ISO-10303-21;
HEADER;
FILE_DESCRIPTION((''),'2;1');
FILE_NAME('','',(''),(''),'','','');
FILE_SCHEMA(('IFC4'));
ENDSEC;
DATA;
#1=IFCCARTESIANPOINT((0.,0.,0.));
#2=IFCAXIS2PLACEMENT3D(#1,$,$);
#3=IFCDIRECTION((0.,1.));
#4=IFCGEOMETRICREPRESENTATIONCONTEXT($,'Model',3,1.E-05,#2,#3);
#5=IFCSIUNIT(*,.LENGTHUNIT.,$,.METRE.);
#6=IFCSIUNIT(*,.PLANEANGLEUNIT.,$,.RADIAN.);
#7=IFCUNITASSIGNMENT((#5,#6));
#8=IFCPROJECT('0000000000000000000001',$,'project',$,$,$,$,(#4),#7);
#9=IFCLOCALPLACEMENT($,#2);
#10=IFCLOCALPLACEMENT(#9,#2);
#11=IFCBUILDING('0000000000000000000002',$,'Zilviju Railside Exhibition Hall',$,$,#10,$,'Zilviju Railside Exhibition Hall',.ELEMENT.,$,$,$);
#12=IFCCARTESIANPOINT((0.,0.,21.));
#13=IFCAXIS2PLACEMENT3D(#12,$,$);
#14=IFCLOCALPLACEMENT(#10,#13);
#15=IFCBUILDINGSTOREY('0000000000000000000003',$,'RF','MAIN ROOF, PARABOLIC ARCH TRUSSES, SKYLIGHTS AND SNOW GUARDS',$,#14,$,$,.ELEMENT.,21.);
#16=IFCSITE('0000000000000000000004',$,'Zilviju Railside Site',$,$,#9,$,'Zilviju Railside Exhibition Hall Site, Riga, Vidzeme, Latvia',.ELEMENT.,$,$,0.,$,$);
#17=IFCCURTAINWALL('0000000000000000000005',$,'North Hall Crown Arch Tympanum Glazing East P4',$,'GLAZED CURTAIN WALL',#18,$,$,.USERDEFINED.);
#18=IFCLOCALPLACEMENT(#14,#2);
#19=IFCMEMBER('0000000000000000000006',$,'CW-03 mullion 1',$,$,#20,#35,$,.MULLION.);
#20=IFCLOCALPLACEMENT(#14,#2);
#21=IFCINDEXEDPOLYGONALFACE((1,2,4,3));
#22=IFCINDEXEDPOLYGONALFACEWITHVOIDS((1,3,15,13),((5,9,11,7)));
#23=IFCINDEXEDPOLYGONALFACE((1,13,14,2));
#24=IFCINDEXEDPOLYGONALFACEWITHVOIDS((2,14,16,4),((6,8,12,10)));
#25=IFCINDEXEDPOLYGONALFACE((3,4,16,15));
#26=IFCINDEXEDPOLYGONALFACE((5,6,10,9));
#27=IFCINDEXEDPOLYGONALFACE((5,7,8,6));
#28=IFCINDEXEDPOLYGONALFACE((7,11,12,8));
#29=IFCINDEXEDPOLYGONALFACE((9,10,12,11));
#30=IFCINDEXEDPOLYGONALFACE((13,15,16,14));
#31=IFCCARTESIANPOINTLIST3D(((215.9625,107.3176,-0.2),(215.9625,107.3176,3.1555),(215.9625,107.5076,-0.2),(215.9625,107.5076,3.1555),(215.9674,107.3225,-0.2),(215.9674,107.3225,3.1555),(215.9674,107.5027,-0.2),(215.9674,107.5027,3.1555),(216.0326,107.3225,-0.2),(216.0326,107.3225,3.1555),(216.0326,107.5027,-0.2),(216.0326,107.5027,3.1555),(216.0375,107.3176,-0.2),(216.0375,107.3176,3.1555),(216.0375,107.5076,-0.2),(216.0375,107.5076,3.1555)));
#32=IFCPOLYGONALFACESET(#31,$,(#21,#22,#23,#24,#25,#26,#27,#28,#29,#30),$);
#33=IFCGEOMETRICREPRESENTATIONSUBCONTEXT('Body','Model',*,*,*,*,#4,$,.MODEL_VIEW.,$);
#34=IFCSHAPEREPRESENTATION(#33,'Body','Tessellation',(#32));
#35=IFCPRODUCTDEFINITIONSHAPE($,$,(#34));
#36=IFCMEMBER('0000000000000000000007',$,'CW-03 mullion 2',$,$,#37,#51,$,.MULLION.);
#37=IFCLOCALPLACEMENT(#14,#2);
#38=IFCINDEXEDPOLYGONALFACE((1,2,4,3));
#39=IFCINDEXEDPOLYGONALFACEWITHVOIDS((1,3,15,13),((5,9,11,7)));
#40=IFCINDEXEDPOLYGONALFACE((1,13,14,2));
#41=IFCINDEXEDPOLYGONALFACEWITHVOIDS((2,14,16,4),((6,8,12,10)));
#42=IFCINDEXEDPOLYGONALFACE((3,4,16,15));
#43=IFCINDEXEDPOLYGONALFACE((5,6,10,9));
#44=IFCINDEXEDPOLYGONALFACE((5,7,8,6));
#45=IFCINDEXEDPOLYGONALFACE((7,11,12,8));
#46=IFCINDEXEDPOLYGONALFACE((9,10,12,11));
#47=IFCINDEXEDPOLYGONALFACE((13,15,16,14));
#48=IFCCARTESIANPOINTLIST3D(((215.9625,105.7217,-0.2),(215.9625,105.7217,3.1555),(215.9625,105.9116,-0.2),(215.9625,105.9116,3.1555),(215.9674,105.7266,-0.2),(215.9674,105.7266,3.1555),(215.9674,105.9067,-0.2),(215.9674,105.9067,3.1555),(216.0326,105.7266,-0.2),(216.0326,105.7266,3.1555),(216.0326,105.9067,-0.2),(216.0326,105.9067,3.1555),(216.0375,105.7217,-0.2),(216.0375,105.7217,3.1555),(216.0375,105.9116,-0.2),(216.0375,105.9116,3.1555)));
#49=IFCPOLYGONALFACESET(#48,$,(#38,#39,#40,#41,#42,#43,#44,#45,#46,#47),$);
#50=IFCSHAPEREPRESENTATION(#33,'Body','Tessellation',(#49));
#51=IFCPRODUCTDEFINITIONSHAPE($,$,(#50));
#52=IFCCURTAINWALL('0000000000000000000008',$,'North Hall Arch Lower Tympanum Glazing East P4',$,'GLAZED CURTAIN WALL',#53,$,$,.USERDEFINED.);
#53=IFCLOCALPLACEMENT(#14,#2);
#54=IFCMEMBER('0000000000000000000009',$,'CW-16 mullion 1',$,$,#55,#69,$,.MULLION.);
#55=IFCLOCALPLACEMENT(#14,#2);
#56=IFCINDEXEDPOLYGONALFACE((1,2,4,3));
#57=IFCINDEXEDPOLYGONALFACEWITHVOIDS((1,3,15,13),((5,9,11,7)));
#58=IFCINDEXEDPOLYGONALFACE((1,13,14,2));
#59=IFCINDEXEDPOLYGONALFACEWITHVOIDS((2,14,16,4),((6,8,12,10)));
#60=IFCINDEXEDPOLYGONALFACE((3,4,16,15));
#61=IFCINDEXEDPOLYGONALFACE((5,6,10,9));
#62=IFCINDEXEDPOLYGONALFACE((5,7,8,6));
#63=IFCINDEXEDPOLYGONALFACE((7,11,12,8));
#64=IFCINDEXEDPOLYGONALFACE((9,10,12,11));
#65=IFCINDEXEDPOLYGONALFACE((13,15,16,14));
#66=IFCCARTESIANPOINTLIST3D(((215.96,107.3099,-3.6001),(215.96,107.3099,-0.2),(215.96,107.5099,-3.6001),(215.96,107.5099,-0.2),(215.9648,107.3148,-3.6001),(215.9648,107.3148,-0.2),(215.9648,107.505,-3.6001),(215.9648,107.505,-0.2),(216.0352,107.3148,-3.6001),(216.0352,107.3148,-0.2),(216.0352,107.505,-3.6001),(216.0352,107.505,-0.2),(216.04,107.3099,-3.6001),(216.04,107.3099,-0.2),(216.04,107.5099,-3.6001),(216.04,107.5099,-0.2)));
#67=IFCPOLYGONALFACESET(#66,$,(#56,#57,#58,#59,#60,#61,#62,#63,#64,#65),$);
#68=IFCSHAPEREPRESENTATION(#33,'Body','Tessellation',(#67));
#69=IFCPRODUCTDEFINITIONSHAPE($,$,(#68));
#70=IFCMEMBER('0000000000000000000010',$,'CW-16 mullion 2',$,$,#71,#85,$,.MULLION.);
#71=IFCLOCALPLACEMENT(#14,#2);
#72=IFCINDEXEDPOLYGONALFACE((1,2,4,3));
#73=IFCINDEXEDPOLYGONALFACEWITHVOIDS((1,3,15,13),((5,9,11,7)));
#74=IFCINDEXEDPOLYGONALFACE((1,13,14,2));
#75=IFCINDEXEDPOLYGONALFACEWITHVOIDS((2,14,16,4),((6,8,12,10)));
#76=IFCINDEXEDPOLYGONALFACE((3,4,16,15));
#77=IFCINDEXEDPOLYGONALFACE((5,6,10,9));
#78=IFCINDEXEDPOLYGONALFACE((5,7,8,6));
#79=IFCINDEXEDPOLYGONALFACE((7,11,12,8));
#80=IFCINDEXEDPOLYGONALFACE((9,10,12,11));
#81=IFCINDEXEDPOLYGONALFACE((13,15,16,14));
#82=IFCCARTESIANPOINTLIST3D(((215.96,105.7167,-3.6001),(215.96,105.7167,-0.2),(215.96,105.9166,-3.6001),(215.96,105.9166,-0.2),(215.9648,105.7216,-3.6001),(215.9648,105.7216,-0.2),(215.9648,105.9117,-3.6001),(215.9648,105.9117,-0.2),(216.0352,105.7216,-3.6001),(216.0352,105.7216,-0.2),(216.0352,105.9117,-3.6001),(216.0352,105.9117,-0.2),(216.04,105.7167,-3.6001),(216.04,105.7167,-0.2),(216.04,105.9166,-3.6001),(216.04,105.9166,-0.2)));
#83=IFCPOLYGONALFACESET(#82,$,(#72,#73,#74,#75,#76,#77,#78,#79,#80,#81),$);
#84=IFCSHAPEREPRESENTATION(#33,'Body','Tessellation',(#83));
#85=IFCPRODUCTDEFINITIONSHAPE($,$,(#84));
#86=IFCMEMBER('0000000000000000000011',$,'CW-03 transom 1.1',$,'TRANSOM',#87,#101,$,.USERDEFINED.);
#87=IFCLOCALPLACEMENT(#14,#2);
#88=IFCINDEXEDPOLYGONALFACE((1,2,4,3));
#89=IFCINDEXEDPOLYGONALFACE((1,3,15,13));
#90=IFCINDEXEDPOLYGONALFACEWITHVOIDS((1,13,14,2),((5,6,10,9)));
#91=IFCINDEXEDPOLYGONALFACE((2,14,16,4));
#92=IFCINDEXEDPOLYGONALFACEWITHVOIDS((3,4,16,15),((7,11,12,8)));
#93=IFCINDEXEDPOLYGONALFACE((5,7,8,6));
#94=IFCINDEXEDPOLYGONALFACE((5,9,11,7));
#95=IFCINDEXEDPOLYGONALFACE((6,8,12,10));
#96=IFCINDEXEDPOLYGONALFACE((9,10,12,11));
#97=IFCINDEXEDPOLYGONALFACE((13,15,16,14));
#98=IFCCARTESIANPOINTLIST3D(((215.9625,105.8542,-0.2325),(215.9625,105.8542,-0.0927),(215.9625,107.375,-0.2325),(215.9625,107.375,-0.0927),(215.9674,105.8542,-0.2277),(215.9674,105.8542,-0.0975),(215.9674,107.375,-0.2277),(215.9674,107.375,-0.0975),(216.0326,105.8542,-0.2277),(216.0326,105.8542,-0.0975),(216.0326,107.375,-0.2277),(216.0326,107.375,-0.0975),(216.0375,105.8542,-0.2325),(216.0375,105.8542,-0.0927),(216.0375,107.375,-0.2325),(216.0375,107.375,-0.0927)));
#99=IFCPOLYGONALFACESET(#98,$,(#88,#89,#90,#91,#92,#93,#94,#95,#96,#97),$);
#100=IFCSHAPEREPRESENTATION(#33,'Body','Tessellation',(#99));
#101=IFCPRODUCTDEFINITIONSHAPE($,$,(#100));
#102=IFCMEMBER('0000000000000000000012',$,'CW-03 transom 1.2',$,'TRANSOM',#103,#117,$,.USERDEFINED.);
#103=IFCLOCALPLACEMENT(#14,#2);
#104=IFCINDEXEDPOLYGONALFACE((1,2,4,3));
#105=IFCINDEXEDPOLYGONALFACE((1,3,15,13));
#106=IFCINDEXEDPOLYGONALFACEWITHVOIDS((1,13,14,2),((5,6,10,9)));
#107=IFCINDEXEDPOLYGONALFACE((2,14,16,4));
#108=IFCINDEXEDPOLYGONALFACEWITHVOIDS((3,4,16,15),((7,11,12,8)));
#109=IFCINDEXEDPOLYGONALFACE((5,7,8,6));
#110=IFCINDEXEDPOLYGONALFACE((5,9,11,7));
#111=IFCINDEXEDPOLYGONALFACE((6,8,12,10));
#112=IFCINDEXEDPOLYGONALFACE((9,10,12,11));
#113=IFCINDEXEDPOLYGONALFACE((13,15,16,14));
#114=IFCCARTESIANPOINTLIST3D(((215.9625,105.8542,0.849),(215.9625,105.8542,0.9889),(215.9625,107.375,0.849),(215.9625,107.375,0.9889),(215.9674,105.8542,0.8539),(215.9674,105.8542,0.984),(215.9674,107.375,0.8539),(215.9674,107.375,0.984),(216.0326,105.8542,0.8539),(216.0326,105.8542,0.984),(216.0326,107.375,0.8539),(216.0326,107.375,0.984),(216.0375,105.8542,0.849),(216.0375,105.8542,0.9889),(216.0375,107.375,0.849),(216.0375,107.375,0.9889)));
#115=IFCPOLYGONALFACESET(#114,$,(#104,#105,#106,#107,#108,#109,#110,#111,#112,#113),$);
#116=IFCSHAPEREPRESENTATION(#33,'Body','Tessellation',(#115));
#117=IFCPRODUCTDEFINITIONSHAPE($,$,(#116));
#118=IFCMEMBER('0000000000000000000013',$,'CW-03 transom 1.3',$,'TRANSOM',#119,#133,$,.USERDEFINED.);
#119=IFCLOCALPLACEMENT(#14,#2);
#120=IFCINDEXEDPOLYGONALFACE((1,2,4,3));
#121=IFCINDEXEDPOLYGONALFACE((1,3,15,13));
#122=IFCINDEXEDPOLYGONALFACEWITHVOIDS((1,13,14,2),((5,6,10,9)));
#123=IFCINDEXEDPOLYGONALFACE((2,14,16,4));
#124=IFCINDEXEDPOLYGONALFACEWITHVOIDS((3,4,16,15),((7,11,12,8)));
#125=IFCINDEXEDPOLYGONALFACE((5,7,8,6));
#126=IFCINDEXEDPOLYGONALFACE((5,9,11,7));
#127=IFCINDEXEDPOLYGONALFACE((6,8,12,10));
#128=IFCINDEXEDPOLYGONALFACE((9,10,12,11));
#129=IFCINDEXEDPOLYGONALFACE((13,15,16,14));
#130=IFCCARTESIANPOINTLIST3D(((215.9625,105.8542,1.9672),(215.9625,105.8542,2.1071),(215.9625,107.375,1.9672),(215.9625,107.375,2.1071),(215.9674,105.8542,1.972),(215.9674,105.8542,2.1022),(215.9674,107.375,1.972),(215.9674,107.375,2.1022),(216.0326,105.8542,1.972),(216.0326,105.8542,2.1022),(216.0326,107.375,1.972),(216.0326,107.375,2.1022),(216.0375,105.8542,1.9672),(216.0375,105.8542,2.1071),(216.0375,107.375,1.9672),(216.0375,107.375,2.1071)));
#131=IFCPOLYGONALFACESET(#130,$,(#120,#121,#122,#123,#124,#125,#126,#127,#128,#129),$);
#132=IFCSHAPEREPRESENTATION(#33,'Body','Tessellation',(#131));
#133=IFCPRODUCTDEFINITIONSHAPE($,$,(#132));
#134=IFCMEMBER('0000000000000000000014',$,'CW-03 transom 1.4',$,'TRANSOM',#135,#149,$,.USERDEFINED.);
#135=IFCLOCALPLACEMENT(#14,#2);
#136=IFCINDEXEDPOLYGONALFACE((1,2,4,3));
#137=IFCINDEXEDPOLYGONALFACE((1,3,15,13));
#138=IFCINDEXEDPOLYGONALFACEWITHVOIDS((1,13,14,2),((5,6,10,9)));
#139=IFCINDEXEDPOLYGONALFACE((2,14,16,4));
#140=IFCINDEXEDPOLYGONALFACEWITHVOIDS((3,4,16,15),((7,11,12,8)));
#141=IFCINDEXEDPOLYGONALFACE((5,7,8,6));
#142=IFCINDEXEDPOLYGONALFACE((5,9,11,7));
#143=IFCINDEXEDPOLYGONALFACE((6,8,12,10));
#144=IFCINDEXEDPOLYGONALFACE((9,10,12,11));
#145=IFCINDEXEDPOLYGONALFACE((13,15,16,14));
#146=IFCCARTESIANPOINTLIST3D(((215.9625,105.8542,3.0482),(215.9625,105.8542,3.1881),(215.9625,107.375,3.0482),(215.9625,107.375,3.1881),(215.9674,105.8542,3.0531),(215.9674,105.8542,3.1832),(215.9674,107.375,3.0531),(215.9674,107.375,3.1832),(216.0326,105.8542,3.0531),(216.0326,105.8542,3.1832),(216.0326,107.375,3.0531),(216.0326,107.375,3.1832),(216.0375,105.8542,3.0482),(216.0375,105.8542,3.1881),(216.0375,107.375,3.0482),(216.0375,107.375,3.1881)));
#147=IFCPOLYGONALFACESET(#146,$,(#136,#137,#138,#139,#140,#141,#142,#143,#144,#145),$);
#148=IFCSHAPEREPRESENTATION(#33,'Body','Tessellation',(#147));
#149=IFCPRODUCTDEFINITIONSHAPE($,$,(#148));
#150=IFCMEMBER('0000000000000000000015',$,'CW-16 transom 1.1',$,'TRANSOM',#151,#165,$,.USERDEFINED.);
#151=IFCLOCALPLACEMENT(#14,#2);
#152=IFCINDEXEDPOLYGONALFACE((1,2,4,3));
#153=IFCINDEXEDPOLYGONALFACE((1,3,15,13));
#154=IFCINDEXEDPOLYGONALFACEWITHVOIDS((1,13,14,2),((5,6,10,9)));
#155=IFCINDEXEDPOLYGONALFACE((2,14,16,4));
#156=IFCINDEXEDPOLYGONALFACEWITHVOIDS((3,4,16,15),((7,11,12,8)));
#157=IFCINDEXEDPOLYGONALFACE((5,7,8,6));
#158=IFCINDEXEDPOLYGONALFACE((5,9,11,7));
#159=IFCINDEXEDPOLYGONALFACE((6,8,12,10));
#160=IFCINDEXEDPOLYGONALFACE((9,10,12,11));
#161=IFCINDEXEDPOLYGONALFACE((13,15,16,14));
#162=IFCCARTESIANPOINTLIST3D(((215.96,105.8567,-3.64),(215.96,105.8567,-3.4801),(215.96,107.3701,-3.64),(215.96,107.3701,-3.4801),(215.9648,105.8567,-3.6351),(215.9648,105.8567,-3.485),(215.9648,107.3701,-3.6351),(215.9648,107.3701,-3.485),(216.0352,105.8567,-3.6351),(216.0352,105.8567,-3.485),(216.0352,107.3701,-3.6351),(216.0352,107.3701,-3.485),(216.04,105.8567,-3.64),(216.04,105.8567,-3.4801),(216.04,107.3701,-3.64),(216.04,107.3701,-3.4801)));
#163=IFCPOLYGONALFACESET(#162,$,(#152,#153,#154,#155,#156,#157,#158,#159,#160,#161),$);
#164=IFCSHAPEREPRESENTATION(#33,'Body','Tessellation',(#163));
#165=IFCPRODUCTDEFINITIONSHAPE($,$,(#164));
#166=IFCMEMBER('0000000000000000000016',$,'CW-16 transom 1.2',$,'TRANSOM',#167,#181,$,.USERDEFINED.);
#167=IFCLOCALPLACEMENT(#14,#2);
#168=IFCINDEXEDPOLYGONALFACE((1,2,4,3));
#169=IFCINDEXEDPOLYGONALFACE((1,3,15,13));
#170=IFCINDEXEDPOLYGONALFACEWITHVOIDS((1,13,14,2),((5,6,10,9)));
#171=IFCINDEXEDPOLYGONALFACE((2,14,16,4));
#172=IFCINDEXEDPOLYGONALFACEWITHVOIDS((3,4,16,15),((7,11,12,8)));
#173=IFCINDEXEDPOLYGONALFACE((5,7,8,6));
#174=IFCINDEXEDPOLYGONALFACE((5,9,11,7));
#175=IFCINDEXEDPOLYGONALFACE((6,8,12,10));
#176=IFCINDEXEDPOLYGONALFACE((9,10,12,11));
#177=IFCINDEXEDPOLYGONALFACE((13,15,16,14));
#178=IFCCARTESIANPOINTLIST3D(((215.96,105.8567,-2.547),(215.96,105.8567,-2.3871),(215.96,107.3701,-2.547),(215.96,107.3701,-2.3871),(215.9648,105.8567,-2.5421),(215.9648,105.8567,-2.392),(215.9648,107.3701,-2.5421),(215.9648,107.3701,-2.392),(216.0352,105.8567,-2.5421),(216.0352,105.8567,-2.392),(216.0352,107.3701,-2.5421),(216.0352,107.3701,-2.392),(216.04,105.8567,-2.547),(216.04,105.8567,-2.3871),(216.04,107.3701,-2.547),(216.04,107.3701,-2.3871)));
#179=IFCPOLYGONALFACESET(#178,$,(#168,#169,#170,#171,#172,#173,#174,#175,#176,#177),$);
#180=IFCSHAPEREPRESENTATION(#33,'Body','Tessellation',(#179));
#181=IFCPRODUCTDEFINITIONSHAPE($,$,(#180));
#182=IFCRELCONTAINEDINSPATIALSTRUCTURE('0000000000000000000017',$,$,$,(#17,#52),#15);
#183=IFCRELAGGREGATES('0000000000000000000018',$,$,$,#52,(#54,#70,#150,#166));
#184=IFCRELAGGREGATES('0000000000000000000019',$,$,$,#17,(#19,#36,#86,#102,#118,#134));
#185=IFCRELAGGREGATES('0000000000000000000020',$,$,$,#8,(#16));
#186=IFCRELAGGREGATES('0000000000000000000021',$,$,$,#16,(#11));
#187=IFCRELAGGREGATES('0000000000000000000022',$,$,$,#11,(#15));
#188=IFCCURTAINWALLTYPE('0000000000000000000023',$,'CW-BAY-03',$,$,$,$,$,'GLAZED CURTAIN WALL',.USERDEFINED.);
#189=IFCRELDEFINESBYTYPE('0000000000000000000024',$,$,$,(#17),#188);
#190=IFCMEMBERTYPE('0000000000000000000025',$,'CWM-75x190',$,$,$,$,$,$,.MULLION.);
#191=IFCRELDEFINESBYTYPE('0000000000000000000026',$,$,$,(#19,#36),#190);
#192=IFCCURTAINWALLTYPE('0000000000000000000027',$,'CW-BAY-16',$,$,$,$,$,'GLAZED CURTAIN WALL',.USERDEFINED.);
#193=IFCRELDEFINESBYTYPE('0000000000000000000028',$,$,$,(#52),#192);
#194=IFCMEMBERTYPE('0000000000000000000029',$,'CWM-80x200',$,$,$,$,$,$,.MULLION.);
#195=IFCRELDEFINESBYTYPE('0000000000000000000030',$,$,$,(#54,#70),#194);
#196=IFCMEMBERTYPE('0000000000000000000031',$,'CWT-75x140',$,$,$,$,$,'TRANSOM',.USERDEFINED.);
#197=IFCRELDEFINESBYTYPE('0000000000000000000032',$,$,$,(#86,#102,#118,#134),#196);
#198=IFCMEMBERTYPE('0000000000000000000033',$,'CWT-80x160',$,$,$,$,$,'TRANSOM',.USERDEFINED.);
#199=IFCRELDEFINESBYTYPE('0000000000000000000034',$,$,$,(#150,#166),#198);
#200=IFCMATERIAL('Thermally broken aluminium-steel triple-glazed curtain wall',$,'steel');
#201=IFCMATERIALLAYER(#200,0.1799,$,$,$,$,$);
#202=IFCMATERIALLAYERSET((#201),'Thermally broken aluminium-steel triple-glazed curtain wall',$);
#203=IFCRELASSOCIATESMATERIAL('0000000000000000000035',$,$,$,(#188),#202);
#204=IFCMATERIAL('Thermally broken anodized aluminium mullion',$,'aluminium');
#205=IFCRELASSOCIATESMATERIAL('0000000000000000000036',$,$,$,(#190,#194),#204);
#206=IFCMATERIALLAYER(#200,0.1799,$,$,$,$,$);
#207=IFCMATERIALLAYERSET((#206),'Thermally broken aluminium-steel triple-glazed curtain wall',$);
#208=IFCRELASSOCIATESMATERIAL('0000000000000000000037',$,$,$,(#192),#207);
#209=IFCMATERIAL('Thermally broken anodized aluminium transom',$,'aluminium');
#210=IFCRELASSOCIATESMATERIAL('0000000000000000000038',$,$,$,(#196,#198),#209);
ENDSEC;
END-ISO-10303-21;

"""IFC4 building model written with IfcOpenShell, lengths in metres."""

from ifc_helpers import new_model, si_unit, direction, frame, origin, origin_2d, place, context, subcontext, project, spatial, hollow_rectangle, extrude, material, layer, layer_set, material_profile, profile_set, type_object, element, aggregate, save


model = new_model("IFC4")

# Units and contexts
model_context = context("Model", 3, precision=1e-05, world=origin(), true_north=direction((0.0, 1.0)))
body_context = subcontext(model_context, "Body", "Model", "MODEL_VIEW")
ifc_project = project(units=[si_unit("LENGTHUNIT", "METRE"), si_unit("PLANEANGLEUNIT", "RADIAN")], contexts=[model_context])

# Site, building, storey
site_placement = place(None, origin())
site = spatial("IfcSite", under=ifc_project, at=site_placement, Name="Zilviju Railside Site", LongName="Zilviju Railside Exhibition Hall Site, Riga, Vidzeme, Latvia", CompositionType="ELEMENT", RefElevation=0.0)
building_placement = place(site_placement, origin())
building = spatial("IfcBuilding", under=site, at=building_placement, Name="Zilviju Railside Exhibition Hall", LongName="Zilviju Railside Exhibition Hall", CompositionType="ELEMENT")
storey_placement = place(building_placement, frame((0.0, 0.0, 21.0)))
storey = spatial("IfcBuildingStorey", under=building, at=storey_placement, Name="RF", Description="MAIN ROOF, PARABOLIC ARCH TRUSSES, SKYLIGHTS AND SNOW GUARDS", CompositionType="ELEMENT", Elevation=21.0)

# Curtain walls, members
ifc_material_1 = material(Name="Thermally broken aluminium-steel triple-glazed curtain wall", Category="steel")
ifc_layer_1 = layer(ifc_material_1, 0.1799)
ifc_layer_set_1 = layer_set([ifc_layer_1], Name="Thermally broken aluminium-steel triple-glazed curtain wall")
curtain_wall_type_1 = type_object("IfcCurtainWallType", Name="CW-BAY-03", ElementType="GLAZED CURTAIN WALL", PredefinedType="USERDEFINED", material=ifc_layer_set_1)
curtain_wall_1_placement = place(storey_placement, origin())
curtain_wall_1 = element("IfcCurtainWall", 1, at=curtain_wall_1_placement, inside=storey, type_object=curtain_wall_type_1, Name="North Hall Crown Arch Tympanum Glazing East P4", ObjectType="GLAZED CURTAIN WALL", PredefinedType="USERDEFINED")
ifc_material_2 = material(Name="Thermally broken anodized aluminium mullion", Category="aluminium")
ifc_material_profile_1 = material_profile(ifc_material_2, hollow_rectangle(XDim=0.075, YDim=0.1899, WallThickness=0.0049, at=origin_2d()), Name="MULLION 190x75x5")
ifc_profile_set_1 = profile_set([ifc_material_profile_1], Name="Thermally broken anodized aluminium mullion")
member_type_1 = type_object("IfcMemberType", Name="CWM-75x190", PredefinedType="MULLION", material=ifc_profile_set_1)
member_1_placement = place(storey_placement, frame((216.0, 107.4126, -0.2), z_axis=(0.0, 0.0, 1.0), x_axis=(1.0, 0.0, 0.0)))
member_1 = element("IfcMember", 2, at=member_1_placement, type_object=member_type_1, Name="CW-03 mullion 1", PredefinedType="MULLION", context=body_context, shape_type="SweptSolid", body=[
    extrude(hollow_rectangle(XDim=0.075, YDim=0.1899, WallThickness=0.0049, at=origin_2d()), origin(), (0.0, 0.0, 1.0), 3.3555),
])
member_2_placement = place(storey_placement, frame((216.0, 105.8167, -0.2), z_axis=(0.0, 0.0, 1.0), x_axis=(1.0, 0.0, 0.0)))
member_2 = element("IfcMember", 3, at=member_2_placement, type_object=member_type_1, Name="CW-03 mullion 2", PredefinedType="MULLION", context=body_context, shape_type="SweptSolid", body=[
    extrude(hollow_rectangle(XDim=0.075, YDim=0.1899, WallThickness=0.0049, at=origin_2d()), origin(), (0.0, 0.0, 1.0), 3.3555),
])
ifc_layer_2 = layer(ifc_material_1, 0.1799)
ifc_layer_set_2 = layer_set([ifc_layer_2], Name="Thermally broken aluminium-steel triple-glazed curtain wall")
curtain_wall_type_2 = type_object("IfcCurtainWallType", Name="CW-BAY-16", ElementType="GLAZED CURTAIN WALL", PredefinedType="USERDEFINED", material=ifc_layer_set_2)
curtain_wall_2_placement = place(storey_placement, origin())
curtain_wall_2 = element("IfcCurtainWall", 4, at=curtain_wall_2_placement, inside=storey, type_object=curtain_wall_type_2, Name="North Hall Arch Lower Tympanum Glazing East P4", ObjectType="GLAZED CURTAIN WALL", PredefinedType="USERDEFINED")
ifc_material_profile_2 = material_profile(ifc_material_2, hollow_rectangle(XDim=0.0801, YDim=0.2, WallThickness=0.0049, at=origin_2d()), Name="MULLION 200x80x5")
ifc_profile_set_2 = profile_set([ifc_material_profile_2], Name="Thermally broken anodized aluminium mullion")
member_type_2 = type_object("IfcMemberType", Name="CWM-80x200", PredefinedType="MULLION", material=ifc_profile_set_2)
member_3_placement = place(storey_placement, frame((216.0, 107.4099, -3.6001), z_axis=(0.0, 0.0, 1.0), x_axis=(1.0, 0.0, 0.0)))
member_3 = element("IfcMember", 5, at=member_3_placement, type_object=member_type_2, Name="CW-16 mullion 1", PredefinedType="MULLION", context=body_context, shape_type="SweptSolid", body=[
    extrude(hollow_rectangle(XDim=0.0801, YDim=0.2, WallThickness=0.0049, at=origin_2d()), origin(), (0.0, 0.0, 1.0), 3.4001),
])
member_4_placement = place(storey_placement, frame((216.0, 105.8167, -3.6001), z_axis=(0.0, 0.0, 1.0), x_axis=(1.0, 0.0, 0.0)))
member_4 = element("IfcMember", 6, at=member_4_placement, type_object=member_type_2, Name="CW-16 mullion 2", PredefinedType="MULLION", context=body_context, shape_type="SweptSolid", body=[
    extrude(hollow_rectangle(XDim=0.0801, YDim=0.2, WallThickness=0.0049, at=origin_2d()), origin(), (0.0, 0.0, 1.0), 3.4001),
])

# Members
ifc_material_3 = material(Name="Thermally broken anodized aluminium transom", Category="aluminium")
ifc_material_profile_3 = material_profile(ifc_material_3, hollow_rectangle(XDim=0.075, YDim=0.1399, WallThickness=0.0049, at=origin_2d()), Name="TRANSOM 140x75x5")
ifc_profile_set_3 = profile_set([ifc_material_profile_3], Name="Thermally broken anodized aluminium transom")
member_type_3 = type_object("IfcMemberType", Name="CWT-75x140", ElementType="TRANSOM", PredefinedType="USERDEFINED", material=ifc_profile_set_3)
member_5_placement = place(storey_placement, frame((216.0, 107.375, -0.1626), z_axis=(0.0, -1.0, 0.0), x_axis=(1.0, 0.0, 0.0)))
member_5 = element("IfcMember", 7, at=member_5_placement, type_object=member_type_3, Name="CW-03 transom 1.1", ObjectType="TRANSOM", PredefinedType="USERDEFINED", context=body_context, shape_type="SweptSolid", body=[
    extrude(hollow_rectangle(XDim=0.075, YDim=0.1399, WallThickness=0.0049, at=origin_2d()), origin(), (0.0, 0.0, 1.0), 1.5208),
])
member_6_placement = place(storey_placement, frame((216.0, 107.375, 0.9189), z_axis=(0.0, -1.0, 0.0), x_axis=(1.0, 0.0, 0.0)))
member_6 = element("IfcMember", 8, at=member_6_placement, type_object=member_type_3, Name="CW-03 transom 1.2", ObjectType="TRANSOM", PredefinedType="USERDEFINED", context=body_context, shape_type="SweptSolid", body=[
    extrude(hollow_rectangle(XDim=0.075, YDim=0.1399, WallThickness=0.0049, at=origin_2d()), origin(), (0.0, 0.0, 1.0), 1.5208),
])
member_7_placement = place(storey_placement, frame((216.0, 107.375, 2.0371), z_axis=(0.0, -1.0, 0.0), x_axis=(1.0, 0.0, 0.0)))
member_7 = element("IfcMember", 9, at=member_7_placement, type_object=member_type_3, Name="CW-03 transom 1.3", ObjectType="TRANSOM", PredefinedType="USERDEFINED", context=body_context, shape_type="SweptSolid", body=[
    extrude(hollow_rectangle(XDim=0.075, YDim=0.1399, WallThickness=0.0049, at=origin_2d()), origin(), (0.0, 0.0, 1.0), 1.5208),
])
member_8_placement = place(storey_placement, frame((216.0, 107.375, 3.1182), z_axis=(0.0, -1.0, 0.0), x_axis=(1.0, 0.0, 0.0)))
member_8 = element("IfcMember", 10, at=member_8_placement, type_object=member_type_3, Name="CW-03 transom 1.4", ObjectType="TRANSOM", PredefinedType="USERDEFINED", context=body_context, shape_type="SweptSolid", body=[
    extrude(hollow_rectangle(XDim=0.075, YDim=0.1399, WallThickness=0.0049, at=origin_2d()), origin(), (0.0, 0.0, 1.0), 1.5208),
])
ifc_material_profile_4 = material_profile(ifc_material_3, hollow_rectangle(XDim=0.0801, YDim=0.1599, WallThickness=0.0049, at=origin_2d()), Name="TRANSOM 160x80x5")
ifc_profile_set_4 = profile_set([ifc_material_profile_4], Name="Thermally broken anodized aluminium transom")
member_type_4 = type_object("IfcMemberType", Name="CWT-80x160", ElementType="TRANSOM", PredefinedType="USERDEFINED", material=ifc_profile_set_4)
member_9_placement = place(storey_placement, frame((216.0, 107.3701, -3.5601), z_axis=(0.0, -1.0, 0.0), x_axis=(1.0, 0.0, 0.0)))
member_9 = element("IfcMember", 11, at=member_9_placement, type_object=member_type_4, Name="CW-16 transom 1.1", ObjectType="TRANSOM", PredefinedType="USERDEFINED", context=body_context, shape_type="SweptSolid", body=[
    extrude(hollow_rectangle(XDim=0.0801, YDim=0.1599, WallThickness=0.0049, at=origin_2d()), origin(), (0.0, 0.0, 1.0), 1.5134),
])
member_10_placement = place(storey_placement, frame((216.0, 107.3701, -2.467), z_axis=(0.0, -1.0, 0.0), x_axis=(1.0, 0.0, 0.0)))
member_10 = element("IfcMember", 12, at=member_10_placement, type_object=member_type_4, Name="CW-16 transom 1.2", ObjectType="TRANSOM", PredefinedType="USERDEFINED", context=body_context, shape_type="SweptSolid", body=[
    extrude(hollow_rectangle(XDim=0.0801, YDim=0.1599, WallThickness=0.0049, at=origin_2d()), origin(), (0.0, 0.0, 1.0), 1.5134),
])

aggregate(curtain_wall_2, [member_3, member_4, member_9, member_10])
aggregate(curtain_wall_1, [member_1, member_2, member_5, member_6, member_7, member_8])

save(model, "model.ifc")
